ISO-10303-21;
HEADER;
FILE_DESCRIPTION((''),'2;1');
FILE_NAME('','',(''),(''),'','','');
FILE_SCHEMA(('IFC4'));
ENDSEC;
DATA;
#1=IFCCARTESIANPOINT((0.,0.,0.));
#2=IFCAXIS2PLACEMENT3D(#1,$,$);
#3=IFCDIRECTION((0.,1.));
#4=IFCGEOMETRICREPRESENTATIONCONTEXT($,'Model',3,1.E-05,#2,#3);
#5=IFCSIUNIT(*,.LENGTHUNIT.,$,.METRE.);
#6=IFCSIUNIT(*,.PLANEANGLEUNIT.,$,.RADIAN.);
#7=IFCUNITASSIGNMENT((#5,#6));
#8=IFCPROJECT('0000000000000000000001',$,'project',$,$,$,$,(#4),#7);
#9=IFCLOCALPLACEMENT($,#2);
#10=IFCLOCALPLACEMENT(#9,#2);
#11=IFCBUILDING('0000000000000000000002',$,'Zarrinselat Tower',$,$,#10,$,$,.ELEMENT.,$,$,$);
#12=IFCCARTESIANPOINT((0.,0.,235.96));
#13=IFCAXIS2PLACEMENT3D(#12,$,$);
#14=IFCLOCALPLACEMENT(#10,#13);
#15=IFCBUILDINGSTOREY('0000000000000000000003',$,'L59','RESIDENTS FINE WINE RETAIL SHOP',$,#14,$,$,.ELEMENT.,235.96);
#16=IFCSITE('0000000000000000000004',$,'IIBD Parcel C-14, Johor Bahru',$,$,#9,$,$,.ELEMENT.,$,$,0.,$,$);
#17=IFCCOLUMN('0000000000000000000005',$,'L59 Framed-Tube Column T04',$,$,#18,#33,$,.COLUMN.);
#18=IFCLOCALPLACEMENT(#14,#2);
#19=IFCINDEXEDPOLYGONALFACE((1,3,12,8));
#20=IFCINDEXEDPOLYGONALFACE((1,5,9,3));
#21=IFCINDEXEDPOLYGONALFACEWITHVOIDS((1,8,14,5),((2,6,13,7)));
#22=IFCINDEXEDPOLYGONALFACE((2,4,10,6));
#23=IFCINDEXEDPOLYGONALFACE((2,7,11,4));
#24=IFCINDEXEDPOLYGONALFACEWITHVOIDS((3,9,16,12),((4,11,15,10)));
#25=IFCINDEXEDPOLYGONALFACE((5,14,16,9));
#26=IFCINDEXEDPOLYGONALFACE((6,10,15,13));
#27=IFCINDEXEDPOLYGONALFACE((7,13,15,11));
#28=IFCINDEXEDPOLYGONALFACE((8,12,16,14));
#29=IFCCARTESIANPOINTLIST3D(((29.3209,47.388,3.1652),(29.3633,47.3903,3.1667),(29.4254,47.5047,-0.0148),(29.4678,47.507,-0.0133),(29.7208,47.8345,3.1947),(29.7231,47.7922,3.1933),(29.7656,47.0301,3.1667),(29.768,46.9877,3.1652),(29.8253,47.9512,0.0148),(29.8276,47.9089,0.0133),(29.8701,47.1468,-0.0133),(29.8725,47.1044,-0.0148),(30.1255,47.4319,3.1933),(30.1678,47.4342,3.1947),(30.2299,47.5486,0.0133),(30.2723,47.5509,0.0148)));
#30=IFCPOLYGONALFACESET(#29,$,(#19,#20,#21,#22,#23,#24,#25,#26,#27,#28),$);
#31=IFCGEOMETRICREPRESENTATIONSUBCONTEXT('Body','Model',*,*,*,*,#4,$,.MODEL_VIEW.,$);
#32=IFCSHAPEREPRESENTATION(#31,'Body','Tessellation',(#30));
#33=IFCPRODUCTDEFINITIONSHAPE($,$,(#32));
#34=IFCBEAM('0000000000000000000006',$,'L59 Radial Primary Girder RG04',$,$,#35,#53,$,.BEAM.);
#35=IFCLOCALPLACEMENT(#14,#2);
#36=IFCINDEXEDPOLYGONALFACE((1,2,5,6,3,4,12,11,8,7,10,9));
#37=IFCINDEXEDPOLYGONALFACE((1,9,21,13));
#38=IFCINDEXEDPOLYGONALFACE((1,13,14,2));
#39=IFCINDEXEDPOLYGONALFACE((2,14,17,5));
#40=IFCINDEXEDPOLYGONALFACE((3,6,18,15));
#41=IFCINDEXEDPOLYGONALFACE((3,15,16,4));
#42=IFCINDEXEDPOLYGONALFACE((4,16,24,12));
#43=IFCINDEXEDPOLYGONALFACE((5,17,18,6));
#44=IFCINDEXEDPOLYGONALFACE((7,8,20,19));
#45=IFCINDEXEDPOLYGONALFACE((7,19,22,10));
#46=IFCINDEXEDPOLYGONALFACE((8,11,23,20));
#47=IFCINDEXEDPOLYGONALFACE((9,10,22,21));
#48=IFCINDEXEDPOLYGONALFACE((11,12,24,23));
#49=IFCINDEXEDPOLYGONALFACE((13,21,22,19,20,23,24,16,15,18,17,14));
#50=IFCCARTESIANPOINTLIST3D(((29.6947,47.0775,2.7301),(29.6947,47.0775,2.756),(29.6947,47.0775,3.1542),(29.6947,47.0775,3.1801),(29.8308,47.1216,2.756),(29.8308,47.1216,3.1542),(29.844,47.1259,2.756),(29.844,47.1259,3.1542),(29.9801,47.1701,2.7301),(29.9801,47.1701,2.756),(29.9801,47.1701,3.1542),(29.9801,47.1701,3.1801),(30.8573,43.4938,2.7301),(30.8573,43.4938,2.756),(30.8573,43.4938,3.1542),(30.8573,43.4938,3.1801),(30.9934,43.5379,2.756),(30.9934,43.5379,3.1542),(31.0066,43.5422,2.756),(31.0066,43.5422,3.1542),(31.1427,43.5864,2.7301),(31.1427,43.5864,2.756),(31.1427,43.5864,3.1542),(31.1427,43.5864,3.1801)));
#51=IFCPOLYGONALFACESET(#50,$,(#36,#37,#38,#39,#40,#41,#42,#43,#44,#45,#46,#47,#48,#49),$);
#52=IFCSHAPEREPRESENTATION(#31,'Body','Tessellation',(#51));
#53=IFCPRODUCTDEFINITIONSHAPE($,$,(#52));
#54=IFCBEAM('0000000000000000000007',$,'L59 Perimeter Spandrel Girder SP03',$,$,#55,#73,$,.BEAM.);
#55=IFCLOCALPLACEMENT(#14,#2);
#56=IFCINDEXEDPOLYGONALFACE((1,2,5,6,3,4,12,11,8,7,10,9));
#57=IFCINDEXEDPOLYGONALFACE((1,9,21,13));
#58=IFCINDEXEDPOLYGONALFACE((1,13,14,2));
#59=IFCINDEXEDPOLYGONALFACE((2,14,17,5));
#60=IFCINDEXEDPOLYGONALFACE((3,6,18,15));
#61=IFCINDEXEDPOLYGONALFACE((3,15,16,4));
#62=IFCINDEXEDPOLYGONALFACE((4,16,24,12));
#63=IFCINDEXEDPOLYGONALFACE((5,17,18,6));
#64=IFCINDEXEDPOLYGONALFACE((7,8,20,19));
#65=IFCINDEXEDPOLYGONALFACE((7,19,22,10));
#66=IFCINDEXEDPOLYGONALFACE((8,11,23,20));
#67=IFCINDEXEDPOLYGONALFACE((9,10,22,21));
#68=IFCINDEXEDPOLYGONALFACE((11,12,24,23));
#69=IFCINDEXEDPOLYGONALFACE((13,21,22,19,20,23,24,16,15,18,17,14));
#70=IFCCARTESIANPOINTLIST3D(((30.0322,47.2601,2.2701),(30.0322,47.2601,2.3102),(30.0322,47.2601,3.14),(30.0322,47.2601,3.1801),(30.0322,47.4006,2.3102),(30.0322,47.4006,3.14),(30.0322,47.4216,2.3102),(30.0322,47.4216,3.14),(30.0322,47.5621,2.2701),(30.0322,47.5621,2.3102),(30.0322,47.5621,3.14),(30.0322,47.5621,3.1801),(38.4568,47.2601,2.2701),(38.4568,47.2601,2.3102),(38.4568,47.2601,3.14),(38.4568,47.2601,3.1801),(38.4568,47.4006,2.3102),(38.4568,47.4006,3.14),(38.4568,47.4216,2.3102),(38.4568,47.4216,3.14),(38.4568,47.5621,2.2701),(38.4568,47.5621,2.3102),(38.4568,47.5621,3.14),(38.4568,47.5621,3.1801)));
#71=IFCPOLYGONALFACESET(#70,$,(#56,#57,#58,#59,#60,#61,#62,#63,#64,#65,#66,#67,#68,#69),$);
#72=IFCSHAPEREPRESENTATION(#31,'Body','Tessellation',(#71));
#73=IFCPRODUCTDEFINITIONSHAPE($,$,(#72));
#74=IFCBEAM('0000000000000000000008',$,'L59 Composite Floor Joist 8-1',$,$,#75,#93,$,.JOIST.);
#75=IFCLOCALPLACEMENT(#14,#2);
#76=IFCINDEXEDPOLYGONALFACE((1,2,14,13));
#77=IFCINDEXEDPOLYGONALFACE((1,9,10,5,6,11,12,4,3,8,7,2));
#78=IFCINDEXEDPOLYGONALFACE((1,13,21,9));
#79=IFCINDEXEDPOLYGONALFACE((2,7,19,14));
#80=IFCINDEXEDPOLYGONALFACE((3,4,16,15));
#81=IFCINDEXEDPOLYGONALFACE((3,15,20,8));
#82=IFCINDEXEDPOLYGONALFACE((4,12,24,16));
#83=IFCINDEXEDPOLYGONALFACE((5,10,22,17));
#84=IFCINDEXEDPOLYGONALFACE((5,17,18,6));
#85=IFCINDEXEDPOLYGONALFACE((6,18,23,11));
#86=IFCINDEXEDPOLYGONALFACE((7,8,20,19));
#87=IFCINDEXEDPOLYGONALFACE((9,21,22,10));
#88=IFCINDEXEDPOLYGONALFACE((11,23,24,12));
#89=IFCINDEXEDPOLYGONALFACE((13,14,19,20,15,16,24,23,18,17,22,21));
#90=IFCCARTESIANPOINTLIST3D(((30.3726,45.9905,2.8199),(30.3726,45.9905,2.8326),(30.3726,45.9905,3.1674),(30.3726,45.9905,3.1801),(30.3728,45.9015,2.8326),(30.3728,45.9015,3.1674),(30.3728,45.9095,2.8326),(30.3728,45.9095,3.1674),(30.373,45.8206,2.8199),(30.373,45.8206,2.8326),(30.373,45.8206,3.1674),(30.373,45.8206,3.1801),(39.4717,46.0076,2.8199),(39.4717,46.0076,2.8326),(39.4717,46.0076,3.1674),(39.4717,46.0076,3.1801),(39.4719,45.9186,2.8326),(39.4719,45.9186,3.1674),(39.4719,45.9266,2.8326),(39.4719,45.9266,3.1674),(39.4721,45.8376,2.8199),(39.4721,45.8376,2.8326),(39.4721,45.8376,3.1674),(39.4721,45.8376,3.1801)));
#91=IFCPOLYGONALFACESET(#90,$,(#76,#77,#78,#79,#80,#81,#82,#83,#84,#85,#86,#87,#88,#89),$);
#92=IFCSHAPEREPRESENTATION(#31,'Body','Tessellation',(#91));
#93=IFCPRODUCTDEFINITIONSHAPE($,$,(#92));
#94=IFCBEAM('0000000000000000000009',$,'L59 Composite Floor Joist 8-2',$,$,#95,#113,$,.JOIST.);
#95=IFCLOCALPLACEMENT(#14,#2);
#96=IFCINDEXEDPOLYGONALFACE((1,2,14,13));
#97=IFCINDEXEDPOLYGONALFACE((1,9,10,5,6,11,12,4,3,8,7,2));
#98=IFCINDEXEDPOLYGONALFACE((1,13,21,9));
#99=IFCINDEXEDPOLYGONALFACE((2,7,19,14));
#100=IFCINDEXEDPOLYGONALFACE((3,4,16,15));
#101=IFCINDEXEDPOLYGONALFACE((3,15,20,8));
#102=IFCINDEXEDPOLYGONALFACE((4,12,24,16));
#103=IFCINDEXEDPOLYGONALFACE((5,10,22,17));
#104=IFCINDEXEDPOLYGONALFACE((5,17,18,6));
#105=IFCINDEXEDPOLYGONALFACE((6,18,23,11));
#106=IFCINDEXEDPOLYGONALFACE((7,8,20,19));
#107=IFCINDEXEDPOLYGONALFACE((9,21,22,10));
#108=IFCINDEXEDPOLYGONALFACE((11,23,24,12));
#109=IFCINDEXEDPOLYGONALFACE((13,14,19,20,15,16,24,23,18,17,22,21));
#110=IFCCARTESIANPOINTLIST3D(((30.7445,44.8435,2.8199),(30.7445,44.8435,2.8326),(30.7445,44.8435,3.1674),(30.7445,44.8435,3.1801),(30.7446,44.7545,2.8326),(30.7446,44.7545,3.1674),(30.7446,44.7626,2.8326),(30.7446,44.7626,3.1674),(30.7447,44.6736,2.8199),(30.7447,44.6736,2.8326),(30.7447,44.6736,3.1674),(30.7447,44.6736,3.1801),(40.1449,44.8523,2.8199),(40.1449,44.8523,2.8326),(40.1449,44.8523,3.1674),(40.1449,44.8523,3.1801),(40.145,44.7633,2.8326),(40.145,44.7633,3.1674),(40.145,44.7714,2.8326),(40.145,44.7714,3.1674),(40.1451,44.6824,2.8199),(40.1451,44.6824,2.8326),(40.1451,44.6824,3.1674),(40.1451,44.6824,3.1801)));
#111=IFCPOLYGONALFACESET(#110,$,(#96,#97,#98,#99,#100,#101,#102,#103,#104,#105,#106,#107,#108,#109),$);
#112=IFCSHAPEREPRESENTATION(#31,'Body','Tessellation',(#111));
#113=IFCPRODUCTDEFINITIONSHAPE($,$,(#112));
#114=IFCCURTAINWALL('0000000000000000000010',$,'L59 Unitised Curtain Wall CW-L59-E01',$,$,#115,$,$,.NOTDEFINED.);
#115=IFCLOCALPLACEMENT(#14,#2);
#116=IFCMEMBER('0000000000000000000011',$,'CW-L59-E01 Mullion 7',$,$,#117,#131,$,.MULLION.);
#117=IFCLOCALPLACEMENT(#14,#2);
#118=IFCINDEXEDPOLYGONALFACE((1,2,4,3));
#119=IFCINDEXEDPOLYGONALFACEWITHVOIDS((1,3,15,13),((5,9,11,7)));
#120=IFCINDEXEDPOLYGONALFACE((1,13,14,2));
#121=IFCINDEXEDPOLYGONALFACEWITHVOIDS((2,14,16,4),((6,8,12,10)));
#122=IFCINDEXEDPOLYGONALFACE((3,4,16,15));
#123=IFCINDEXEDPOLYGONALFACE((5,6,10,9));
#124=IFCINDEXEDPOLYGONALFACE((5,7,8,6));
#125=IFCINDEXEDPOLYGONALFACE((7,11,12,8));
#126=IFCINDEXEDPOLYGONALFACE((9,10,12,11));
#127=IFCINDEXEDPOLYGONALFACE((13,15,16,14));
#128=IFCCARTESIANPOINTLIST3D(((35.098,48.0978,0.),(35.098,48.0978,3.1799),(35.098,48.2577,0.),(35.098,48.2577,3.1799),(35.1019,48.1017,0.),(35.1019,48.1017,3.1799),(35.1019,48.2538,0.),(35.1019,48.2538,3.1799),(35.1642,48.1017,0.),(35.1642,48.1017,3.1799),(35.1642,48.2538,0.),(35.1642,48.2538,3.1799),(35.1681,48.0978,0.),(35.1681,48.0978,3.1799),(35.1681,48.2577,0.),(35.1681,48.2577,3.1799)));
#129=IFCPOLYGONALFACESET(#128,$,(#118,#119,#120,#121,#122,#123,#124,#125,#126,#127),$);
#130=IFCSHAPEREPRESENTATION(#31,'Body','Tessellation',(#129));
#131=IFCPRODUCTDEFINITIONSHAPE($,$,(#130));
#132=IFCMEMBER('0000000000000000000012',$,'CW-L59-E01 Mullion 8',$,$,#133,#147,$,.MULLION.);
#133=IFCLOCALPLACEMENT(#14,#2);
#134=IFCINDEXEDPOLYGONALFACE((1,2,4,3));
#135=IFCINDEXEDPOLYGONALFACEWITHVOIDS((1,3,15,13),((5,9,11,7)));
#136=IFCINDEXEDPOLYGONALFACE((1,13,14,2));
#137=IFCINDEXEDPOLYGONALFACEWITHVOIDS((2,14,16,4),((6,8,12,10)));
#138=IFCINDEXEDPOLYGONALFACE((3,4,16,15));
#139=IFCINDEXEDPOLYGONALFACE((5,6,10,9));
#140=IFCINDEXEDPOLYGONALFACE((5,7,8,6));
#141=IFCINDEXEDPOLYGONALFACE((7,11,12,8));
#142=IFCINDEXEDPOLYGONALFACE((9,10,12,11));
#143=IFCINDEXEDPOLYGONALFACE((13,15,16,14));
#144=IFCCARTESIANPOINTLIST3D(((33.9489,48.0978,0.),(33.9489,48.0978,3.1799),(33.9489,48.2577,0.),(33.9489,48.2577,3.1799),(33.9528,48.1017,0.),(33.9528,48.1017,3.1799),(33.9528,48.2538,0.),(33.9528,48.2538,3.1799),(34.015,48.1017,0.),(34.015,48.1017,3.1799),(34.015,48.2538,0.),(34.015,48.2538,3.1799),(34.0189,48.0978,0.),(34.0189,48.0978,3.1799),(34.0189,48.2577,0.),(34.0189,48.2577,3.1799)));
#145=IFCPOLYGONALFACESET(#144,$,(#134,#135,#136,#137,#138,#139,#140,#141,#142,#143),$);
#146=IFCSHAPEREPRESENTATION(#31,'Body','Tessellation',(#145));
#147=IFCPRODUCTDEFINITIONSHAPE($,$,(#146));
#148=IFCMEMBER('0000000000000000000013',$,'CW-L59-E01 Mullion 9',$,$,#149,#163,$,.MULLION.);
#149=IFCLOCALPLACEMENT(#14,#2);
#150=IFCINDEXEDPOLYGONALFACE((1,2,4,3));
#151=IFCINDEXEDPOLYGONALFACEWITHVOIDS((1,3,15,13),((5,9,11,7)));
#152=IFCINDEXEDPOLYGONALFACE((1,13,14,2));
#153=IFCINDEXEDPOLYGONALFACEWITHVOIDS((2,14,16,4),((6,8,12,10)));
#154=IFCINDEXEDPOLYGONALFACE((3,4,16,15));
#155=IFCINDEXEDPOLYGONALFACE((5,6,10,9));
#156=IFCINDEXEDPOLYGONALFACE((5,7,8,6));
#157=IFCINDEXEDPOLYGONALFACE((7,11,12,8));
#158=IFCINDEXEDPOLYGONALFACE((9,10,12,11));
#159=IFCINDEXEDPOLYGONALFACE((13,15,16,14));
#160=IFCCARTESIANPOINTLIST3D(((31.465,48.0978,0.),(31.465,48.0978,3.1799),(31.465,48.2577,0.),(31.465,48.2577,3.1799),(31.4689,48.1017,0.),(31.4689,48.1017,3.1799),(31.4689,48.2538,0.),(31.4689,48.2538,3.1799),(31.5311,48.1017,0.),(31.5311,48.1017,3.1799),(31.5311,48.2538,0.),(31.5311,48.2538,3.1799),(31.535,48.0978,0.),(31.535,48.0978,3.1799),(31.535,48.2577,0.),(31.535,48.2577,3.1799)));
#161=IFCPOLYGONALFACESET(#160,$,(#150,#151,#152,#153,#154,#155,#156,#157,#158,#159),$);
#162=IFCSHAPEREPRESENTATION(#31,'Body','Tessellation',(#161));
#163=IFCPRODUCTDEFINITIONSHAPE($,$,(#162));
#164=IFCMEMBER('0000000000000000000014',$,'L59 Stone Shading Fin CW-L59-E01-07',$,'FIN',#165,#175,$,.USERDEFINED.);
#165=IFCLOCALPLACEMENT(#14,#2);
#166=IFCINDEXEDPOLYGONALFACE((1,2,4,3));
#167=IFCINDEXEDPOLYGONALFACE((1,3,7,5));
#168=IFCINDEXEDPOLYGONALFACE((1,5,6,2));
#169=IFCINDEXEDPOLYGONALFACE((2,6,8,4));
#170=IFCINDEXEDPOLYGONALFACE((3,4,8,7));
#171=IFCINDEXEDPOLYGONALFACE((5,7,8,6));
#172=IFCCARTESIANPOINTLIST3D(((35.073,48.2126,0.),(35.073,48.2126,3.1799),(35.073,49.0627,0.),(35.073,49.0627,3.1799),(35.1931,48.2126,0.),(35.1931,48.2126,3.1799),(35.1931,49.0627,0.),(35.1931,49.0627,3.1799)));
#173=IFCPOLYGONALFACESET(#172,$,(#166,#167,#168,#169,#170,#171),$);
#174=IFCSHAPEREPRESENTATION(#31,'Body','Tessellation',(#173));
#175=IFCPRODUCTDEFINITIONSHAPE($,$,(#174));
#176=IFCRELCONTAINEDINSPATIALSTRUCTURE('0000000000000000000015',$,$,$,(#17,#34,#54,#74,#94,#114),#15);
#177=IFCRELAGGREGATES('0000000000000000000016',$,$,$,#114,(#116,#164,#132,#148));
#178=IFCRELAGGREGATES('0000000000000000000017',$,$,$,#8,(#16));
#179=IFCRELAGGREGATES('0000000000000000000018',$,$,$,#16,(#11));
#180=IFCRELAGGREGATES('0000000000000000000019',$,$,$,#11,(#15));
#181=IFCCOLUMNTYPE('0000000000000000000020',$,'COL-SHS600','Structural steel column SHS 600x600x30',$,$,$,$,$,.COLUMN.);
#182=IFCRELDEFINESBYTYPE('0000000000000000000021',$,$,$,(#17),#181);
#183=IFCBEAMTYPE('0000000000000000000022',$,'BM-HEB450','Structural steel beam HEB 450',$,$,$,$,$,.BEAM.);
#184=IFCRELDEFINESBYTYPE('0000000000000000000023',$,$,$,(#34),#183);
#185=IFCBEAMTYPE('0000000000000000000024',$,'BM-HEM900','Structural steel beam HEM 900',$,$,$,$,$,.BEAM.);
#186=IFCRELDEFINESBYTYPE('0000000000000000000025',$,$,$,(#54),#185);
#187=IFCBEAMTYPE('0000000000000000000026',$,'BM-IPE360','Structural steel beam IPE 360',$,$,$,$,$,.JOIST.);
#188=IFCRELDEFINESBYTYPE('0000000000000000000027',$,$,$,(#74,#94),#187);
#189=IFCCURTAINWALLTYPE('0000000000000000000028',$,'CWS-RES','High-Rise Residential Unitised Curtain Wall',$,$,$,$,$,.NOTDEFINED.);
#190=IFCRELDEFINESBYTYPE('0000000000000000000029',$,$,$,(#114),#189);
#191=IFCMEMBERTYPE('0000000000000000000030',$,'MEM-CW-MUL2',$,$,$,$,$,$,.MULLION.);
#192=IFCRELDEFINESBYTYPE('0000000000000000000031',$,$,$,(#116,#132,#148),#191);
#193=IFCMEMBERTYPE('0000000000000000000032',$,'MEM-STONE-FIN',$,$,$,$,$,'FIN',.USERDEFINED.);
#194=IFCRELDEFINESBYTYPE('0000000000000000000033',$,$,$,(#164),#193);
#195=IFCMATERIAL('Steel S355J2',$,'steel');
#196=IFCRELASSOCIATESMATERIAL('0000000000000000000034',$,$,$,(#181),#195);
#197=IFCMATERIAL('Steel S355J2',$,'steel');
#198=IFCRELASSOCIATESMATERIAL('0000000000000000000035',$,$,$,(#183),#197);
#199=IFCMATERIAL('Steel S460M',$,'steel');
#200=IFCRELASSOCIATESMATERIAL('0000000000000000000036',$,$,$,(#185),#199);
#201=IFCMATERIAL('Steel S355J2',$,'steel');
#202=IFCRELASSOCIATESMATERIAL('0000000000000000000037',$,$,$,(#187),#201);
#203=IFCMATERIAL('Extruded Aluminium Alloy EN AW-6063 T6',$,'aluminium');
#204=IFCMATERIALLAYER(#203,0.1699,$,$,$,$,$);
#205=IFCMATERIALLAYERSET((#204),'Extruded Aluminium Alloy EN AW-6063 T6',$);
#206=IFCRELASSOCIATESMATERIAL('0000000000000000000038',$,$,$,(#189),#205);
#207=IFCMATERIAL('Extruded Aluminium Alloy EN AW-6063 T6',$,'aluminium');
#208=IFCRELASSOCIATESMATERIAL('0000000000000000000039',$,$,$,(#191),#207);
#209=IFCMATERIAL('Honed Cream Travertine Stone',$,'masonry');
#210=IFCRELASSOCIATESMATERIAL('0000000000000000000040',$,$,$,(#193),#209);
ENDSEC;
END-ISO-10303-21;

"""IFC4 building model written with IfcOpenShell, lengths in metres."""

from ifc_helpers import new_model, si_unit, direction, frame, origin, origin_2d, place, context, subcontext, project, spatial, rectangle, hollow_rectangle, i_section, extrude, material, layer, layer_set, material_profile, profile_set, type_object, element, aggregate, save


model = new_model("IFC4")

# Units and contexts
model_context = context("Model", 3, precision=1e-05, world=origin(), true_north=direction((0.0, 1.0)))
body_context = subcontext(model_context, "Body", "Model", "MODEL_VIEW")
ifc_project = project(units=[si_unit("LENGTHUNIT", "METRE"), si_unit("PLANEANGLEUNIT", "RADIAN")], contexts=[model_context])

# Site, building, storey
site_placement = place(None, origin())
site = spatial("IfcSite", under=ifc_project, at=site_placement, Name="IIBD Parcel C-14, Johor Bahru", CompositionType="ELEMENT", RefElevation=0.0)
building_placement = place(site_placement, origin())
building = spatial("IfcBuilding", under=site, at=building_placement, Name="Zarrinselat Tower", CompositionType="ELEMENT")
storey_placement = place(building_placement, frame((0.0, 0.0, 235.96)))
storey = spatial("IfcBuildingStorey", under=building, at=storey_placement, Name="L59", Description="RESIDENTS FINE WINE RETAIL SHOP", CompositionType="ELEMENT", Elevation=235.96)

# Column
ifc_material_1 = material(Name="Steel S355J2", Category="steel")
ifc_material_profile_1 = material_profile(ifc_material_1, hollow_rectangle(XDim=0.6001, YDim=0.6001, WallThickness=0.03, at=origin_2d()), Name="SHS 600x600x30")
ifc_profile_set_1 = profile_set([ifc_material_profile_1], Name="Steel S355J2")
column_type = type_object("IfcColumnType", Name="COL-SHS600", Description="Structural steel column SHS 600x600x30", PredefinedType="COLUMN", material=ifc_profile_set_1)
column_placement = place(storey_placement, frame((29.8489, 47.5278, 0.0), z_axis=(-0.03282, -0.036654, 0.998789), x_axis=(0.744997, -0.667068, 0.0)))
element("IfcColumn", 1, at=column_placement, inside=storey, type_object=column_type, Name="L59 Framed-Tube Column T04", PredefinedType="COLUMN", context=body_context, shape_type="SweptSolid", body=[
    extrude(hollow_rectangle(XDim=0.6001, YDim=0.6001, WallThickness=0.03, at=origin_2d()), origin(), (0.0, 0.0, 1.0), 3.1838),
])

# Beams
ifc_material_2 = material(Name="Steel S355J2", Category="steel")
ifc_material_profile_2 = material_profile(ifc_material_2, i_section(OverallWidth=0.3, OverallDepth=0.45, WebThickness=0.0139, FlangeThickness=0.0259, at=origin_2d()), Name="HEB 450")
ifc_profile_set_2 = profile_set([ifc_material_profile_2], Name="Steel S355J2")
beam_type_1 = type_object("IfcBeamType", Name="BM-HEB450", Description="Structural steel beam HEB 450", PredefinedType="BEAM", material=ifc_profile_set_2)
beam_1_placement = place(storey_placement, frame((29.8374, 47.1238, 2.9551), z_axis=(0.308578, -0.951199, 0.0), x_axis=(0.951199, 0.308578, 0.0)))
element("IfcBeam", 2, at=beam_1_placement, inside=storey, type_object=beam_type_1, Name="L59 Radial Primary Girder RG04", PredefinedType="BEAM", context=body_context, shape_type="SweptSolid", body=[
    extrude(i_section(OverallWidth=0.3, OverallDepth=0.45, WebThickness=0.0139, FlangeThickness=0.0259, at=origin_2d()), origin(), (0.0, 0.0, 1.0), 3.7676),
])
ifc_material_3 = material(Name="Steel S460M", Category="steel")
ifc_material_profile_3 = material_profile(ifc_material_3, i_section(OverallWidth=0.302, OverallDepth=0.9099, WebThickness=0.021, FlangeThickness=0.04, at=origin_2d()), Name="HEM 900")
ifc_profile_set_3 = profile_set([ifc_material_profile_3], Name="Steel S460M")
beam_type_2 = type_object("IfcBeamType", Name="BM-HEM900", Description="Structural steel beam HEM 900", PredefinedType="BEAM", material=ifc_profile_set_3)
beam_2_placement = place(storey_placement, frame((30.0322, 47.4111, 2.7251), z_axis=(1.0, 0.0, 0.0), x_axis=(0.0, 1.0, 0.0)))
element("IfcBeam", 3, at=beam_2_placement, inside=storey, type_object=beam_type_2, Name="L59 Perimeter Spandrel Girder SP03", PredefinedType="BEAM", context=body_context, shape_type="SweptSolid", body=[
    extrude(i_section(OverallWidth=0.302, OverallDepth=0.9099, WebThickness=0.021, FlangeThickness=0.04, at=origin_2d()), origin(), (0.0, 0.0, 1.0), 8.4246),
])
ifc_material_4 = material(Name="Steel S355J2", Category="steel")
ifc_material_profile_4 = material_profile(ifc_material_4, i_section(OverallWidth=0.1699, OverallDepth=0.3601, WebThickness=0.0081, FlangeThickness=0.0127, at=origin_2d()), Name="IPE 360")
ifc_profile_set_4 = profile_set([ifc_material_profile_4], Name="Steel S355J2")
beam_type_3 = type_object("IfcBeamType", Name="BM-IPE360", Description="Structural steel beam IPE 360", PredefinedType="JOIST", material=ifc_profile_set_4)
beam_3_placement = place(storey_placement, frame((30.3728, 45.9055, 3.0), z_axis=(0.999998, 0.001878, 0.0), x_axis=(-0.001878, 0.999998, 0.0)))
element("IfcBeam", 4, at=beam_3_placement, inside=storey, type_object=beam_type_3, Name="L59 Composite Floor Joist 8-1", PredefinedType="JOIST", context=body_context, shape_type="SweptSolid", body=[
    extrude(i_section(OverallWidth=0.1699, OverallDepth=0.3601, WebThickness=0.0081, FlangeThickness=0.0127, at=origin_2d()), origin(), (0.0, 0.0, 1.0), 9.0991),
])
beam_4_placement = place(storey_placement, frame((30.7446, 44.7585, 3.0), z_axis=(1.0, 0.000935, 0.0), x_axis=(-0.000935, 1.0, 0.0)))
element("IfcBeam", 5, at=beam_4_placement, inside=storey, type_object=beam_type_3, Name="L59 Composite Floor Joist 8-2", PredefinedType="JOIST", context=body_context, shape_type="SweptSolid", body=[
    extrude(i_section(OverallWidth=0.1699, OverallDepth=0.3601, WebThickness=0.0081, FlangeThickness=0.0127, at=origin_2d()), origin(), (0.0, 0.0, 1.0), 9.4004),
])

# Curtain wall, members
ifc_material_5 = material(Name="Extruded Aluminium Alloy EN AW-6063 T6", Category="aluminium")
ifc_layer_1 = layer(ifc_material_5, 0.1699)
ifc_layer_set_1 = layer_set([ifc_layer_1], Name="Extruded Aluminium Alloy EN AW-6063 T6")
curtain_wall_type = type_object("IfcCurtainWallType", Name="CWS-RES", Description="High-Rise Residential Unitised Curtain Wall", PredefinedType="NOTDEFINED", material=ifc_layer_set_1)
curtain_wall_placement = place(storey_placement, origin())
curtain_wall = element("IfcCurtainWall", 6, at=curtain_wall_placement, inside=storey, type_object=curtain_wall_type, Name="L59 Unitised Curtain Wall CW-L59-E01", PredefinedType="NOTDEFINED")
ifc_material_6 = material(Name="Extruded Aluminium Alloy EN AW-6063 T6", Category="aluminium")
ifc_material_profile_5 = material_profile(ifc_material_6, hollow_rectangle(XDim=0.0701, YDim=0.1599, WallThickness=0.0039, at=origin_2d()), Name="RHS 160x70x4")
ifc_profile_set_5 = profile_set([ifc_material_profile_5], Name="Extruded Aluminium Alloy EN AW-6063 T6")
member_type_1 = type_object("IfcMemberType", Name="MEM-CW-MUL2", PredefinedType="MULLION", material=ifc_profile_set_5)
member_1_placement = place(storey_placement, frame((35.1331, 48.1777, 0.0), z_axis=(0.0, 0.0, 1.0), x_axis=(-1.0, 0.0, 0.0)))
member_1 = element("IfcMember", 7, at=member_1_placement, type_object=member_type_1, Name="CW-L59-E01 Mullion 7", PredefinedType="MULLION", context=body_context, shape_type="SweptSolid", body=[
    extrude(hollow_rectangle(XDim=0.0701, YDim=0.1599, WallThickness=0.0039, at=origin_2d()), origin(), (0.0, 0.0, 1.0), 3.1799),
])
member_2_placement = place(storey_placement, frame((33.9839, 48.1777, 0.0), z_axis=(0.0, 0.0, 1.0), x_axis=(-1.0, 0.0, 0.0)))
member_2 = element("IfcMember", 8, at=member_2_placement, type_object=member_type_1, Name="CW-L59-E01 Mullion 8", PredefinedType="MULLION", context=body_context, shape_type="SweptSolid", body=[
    extrude(hollow_rectangle(XDim=0.0701, YDim=0.1599, WallThickness=0.0039, at=origin_2d()), origin(), (0.0, 0.0, 1.0), 3.1799),
])
member_3_placement = place(storey_placement, frame((31.5, 48.1777, 0.0), z_axis=(0.0, 0.0, 1.0), x_axis=(-1.0, 0.0, 0.0)))
member_3 = element("IfcMember", 9, at=member_3_placement, type_object=member_type_1, Name="CW-L59-E01 Mullion 9", PredefinedType="MULLION", context=body_context, shape_type="SweptSolid", body=[
    extrude(hollow_rectangle(XDim=0.0701, YDim=0.1599, WallThickness=0.0039, at=origin_2d()), origin(), (0.0, 0.0, 1.0), 3.1799),
])
ifc_material_7 = material(Name="Honed Cream Travertine Stone", Category="masonry")
ifc_material_profile_6 = material_profile(ifc_material_7, rectangle(XDim=0.1201, YDim=0.8501, at=origin_2d()), Name="FIN 850x120")
ifc_profile_set_6 = profile_set([ifc_material_profile_6], Name="Honed Cream Travertine Stone")
member_type_2 = type_object("IfcMemberType", Name="MEM-STONE-FIN", ElementType="FIN", PredefinedType="USERDEFINED", material=ifc_profile_set_6)
member_4_placement = place(storey_placement, frame((35.1331, 48.6377, 0.0), z_axis=(0.0, 0.0, 1.0), x_axis=(1.0, 0.0, 0.0)))
member_4 = element("IfcMember", 10, at=member_4_placement, type_object=member_type_2, Name="L59 Stone Shading Fin CW-L59-E01-07", ObjectType="FIN", PredefinedType="USERDEFINED", context=body_context, shape_type="SweptSolid", body=[
    extrude(rectangle(XDim=0.1201, YDim=0.8501, at=origin_2d()), origin(), (0.0, 0.0, 1.0), 3.1799),
])
aggregate(curtain_wall, [member_1, member_4, member_2, member_3])

save(model, "model.ifc")
